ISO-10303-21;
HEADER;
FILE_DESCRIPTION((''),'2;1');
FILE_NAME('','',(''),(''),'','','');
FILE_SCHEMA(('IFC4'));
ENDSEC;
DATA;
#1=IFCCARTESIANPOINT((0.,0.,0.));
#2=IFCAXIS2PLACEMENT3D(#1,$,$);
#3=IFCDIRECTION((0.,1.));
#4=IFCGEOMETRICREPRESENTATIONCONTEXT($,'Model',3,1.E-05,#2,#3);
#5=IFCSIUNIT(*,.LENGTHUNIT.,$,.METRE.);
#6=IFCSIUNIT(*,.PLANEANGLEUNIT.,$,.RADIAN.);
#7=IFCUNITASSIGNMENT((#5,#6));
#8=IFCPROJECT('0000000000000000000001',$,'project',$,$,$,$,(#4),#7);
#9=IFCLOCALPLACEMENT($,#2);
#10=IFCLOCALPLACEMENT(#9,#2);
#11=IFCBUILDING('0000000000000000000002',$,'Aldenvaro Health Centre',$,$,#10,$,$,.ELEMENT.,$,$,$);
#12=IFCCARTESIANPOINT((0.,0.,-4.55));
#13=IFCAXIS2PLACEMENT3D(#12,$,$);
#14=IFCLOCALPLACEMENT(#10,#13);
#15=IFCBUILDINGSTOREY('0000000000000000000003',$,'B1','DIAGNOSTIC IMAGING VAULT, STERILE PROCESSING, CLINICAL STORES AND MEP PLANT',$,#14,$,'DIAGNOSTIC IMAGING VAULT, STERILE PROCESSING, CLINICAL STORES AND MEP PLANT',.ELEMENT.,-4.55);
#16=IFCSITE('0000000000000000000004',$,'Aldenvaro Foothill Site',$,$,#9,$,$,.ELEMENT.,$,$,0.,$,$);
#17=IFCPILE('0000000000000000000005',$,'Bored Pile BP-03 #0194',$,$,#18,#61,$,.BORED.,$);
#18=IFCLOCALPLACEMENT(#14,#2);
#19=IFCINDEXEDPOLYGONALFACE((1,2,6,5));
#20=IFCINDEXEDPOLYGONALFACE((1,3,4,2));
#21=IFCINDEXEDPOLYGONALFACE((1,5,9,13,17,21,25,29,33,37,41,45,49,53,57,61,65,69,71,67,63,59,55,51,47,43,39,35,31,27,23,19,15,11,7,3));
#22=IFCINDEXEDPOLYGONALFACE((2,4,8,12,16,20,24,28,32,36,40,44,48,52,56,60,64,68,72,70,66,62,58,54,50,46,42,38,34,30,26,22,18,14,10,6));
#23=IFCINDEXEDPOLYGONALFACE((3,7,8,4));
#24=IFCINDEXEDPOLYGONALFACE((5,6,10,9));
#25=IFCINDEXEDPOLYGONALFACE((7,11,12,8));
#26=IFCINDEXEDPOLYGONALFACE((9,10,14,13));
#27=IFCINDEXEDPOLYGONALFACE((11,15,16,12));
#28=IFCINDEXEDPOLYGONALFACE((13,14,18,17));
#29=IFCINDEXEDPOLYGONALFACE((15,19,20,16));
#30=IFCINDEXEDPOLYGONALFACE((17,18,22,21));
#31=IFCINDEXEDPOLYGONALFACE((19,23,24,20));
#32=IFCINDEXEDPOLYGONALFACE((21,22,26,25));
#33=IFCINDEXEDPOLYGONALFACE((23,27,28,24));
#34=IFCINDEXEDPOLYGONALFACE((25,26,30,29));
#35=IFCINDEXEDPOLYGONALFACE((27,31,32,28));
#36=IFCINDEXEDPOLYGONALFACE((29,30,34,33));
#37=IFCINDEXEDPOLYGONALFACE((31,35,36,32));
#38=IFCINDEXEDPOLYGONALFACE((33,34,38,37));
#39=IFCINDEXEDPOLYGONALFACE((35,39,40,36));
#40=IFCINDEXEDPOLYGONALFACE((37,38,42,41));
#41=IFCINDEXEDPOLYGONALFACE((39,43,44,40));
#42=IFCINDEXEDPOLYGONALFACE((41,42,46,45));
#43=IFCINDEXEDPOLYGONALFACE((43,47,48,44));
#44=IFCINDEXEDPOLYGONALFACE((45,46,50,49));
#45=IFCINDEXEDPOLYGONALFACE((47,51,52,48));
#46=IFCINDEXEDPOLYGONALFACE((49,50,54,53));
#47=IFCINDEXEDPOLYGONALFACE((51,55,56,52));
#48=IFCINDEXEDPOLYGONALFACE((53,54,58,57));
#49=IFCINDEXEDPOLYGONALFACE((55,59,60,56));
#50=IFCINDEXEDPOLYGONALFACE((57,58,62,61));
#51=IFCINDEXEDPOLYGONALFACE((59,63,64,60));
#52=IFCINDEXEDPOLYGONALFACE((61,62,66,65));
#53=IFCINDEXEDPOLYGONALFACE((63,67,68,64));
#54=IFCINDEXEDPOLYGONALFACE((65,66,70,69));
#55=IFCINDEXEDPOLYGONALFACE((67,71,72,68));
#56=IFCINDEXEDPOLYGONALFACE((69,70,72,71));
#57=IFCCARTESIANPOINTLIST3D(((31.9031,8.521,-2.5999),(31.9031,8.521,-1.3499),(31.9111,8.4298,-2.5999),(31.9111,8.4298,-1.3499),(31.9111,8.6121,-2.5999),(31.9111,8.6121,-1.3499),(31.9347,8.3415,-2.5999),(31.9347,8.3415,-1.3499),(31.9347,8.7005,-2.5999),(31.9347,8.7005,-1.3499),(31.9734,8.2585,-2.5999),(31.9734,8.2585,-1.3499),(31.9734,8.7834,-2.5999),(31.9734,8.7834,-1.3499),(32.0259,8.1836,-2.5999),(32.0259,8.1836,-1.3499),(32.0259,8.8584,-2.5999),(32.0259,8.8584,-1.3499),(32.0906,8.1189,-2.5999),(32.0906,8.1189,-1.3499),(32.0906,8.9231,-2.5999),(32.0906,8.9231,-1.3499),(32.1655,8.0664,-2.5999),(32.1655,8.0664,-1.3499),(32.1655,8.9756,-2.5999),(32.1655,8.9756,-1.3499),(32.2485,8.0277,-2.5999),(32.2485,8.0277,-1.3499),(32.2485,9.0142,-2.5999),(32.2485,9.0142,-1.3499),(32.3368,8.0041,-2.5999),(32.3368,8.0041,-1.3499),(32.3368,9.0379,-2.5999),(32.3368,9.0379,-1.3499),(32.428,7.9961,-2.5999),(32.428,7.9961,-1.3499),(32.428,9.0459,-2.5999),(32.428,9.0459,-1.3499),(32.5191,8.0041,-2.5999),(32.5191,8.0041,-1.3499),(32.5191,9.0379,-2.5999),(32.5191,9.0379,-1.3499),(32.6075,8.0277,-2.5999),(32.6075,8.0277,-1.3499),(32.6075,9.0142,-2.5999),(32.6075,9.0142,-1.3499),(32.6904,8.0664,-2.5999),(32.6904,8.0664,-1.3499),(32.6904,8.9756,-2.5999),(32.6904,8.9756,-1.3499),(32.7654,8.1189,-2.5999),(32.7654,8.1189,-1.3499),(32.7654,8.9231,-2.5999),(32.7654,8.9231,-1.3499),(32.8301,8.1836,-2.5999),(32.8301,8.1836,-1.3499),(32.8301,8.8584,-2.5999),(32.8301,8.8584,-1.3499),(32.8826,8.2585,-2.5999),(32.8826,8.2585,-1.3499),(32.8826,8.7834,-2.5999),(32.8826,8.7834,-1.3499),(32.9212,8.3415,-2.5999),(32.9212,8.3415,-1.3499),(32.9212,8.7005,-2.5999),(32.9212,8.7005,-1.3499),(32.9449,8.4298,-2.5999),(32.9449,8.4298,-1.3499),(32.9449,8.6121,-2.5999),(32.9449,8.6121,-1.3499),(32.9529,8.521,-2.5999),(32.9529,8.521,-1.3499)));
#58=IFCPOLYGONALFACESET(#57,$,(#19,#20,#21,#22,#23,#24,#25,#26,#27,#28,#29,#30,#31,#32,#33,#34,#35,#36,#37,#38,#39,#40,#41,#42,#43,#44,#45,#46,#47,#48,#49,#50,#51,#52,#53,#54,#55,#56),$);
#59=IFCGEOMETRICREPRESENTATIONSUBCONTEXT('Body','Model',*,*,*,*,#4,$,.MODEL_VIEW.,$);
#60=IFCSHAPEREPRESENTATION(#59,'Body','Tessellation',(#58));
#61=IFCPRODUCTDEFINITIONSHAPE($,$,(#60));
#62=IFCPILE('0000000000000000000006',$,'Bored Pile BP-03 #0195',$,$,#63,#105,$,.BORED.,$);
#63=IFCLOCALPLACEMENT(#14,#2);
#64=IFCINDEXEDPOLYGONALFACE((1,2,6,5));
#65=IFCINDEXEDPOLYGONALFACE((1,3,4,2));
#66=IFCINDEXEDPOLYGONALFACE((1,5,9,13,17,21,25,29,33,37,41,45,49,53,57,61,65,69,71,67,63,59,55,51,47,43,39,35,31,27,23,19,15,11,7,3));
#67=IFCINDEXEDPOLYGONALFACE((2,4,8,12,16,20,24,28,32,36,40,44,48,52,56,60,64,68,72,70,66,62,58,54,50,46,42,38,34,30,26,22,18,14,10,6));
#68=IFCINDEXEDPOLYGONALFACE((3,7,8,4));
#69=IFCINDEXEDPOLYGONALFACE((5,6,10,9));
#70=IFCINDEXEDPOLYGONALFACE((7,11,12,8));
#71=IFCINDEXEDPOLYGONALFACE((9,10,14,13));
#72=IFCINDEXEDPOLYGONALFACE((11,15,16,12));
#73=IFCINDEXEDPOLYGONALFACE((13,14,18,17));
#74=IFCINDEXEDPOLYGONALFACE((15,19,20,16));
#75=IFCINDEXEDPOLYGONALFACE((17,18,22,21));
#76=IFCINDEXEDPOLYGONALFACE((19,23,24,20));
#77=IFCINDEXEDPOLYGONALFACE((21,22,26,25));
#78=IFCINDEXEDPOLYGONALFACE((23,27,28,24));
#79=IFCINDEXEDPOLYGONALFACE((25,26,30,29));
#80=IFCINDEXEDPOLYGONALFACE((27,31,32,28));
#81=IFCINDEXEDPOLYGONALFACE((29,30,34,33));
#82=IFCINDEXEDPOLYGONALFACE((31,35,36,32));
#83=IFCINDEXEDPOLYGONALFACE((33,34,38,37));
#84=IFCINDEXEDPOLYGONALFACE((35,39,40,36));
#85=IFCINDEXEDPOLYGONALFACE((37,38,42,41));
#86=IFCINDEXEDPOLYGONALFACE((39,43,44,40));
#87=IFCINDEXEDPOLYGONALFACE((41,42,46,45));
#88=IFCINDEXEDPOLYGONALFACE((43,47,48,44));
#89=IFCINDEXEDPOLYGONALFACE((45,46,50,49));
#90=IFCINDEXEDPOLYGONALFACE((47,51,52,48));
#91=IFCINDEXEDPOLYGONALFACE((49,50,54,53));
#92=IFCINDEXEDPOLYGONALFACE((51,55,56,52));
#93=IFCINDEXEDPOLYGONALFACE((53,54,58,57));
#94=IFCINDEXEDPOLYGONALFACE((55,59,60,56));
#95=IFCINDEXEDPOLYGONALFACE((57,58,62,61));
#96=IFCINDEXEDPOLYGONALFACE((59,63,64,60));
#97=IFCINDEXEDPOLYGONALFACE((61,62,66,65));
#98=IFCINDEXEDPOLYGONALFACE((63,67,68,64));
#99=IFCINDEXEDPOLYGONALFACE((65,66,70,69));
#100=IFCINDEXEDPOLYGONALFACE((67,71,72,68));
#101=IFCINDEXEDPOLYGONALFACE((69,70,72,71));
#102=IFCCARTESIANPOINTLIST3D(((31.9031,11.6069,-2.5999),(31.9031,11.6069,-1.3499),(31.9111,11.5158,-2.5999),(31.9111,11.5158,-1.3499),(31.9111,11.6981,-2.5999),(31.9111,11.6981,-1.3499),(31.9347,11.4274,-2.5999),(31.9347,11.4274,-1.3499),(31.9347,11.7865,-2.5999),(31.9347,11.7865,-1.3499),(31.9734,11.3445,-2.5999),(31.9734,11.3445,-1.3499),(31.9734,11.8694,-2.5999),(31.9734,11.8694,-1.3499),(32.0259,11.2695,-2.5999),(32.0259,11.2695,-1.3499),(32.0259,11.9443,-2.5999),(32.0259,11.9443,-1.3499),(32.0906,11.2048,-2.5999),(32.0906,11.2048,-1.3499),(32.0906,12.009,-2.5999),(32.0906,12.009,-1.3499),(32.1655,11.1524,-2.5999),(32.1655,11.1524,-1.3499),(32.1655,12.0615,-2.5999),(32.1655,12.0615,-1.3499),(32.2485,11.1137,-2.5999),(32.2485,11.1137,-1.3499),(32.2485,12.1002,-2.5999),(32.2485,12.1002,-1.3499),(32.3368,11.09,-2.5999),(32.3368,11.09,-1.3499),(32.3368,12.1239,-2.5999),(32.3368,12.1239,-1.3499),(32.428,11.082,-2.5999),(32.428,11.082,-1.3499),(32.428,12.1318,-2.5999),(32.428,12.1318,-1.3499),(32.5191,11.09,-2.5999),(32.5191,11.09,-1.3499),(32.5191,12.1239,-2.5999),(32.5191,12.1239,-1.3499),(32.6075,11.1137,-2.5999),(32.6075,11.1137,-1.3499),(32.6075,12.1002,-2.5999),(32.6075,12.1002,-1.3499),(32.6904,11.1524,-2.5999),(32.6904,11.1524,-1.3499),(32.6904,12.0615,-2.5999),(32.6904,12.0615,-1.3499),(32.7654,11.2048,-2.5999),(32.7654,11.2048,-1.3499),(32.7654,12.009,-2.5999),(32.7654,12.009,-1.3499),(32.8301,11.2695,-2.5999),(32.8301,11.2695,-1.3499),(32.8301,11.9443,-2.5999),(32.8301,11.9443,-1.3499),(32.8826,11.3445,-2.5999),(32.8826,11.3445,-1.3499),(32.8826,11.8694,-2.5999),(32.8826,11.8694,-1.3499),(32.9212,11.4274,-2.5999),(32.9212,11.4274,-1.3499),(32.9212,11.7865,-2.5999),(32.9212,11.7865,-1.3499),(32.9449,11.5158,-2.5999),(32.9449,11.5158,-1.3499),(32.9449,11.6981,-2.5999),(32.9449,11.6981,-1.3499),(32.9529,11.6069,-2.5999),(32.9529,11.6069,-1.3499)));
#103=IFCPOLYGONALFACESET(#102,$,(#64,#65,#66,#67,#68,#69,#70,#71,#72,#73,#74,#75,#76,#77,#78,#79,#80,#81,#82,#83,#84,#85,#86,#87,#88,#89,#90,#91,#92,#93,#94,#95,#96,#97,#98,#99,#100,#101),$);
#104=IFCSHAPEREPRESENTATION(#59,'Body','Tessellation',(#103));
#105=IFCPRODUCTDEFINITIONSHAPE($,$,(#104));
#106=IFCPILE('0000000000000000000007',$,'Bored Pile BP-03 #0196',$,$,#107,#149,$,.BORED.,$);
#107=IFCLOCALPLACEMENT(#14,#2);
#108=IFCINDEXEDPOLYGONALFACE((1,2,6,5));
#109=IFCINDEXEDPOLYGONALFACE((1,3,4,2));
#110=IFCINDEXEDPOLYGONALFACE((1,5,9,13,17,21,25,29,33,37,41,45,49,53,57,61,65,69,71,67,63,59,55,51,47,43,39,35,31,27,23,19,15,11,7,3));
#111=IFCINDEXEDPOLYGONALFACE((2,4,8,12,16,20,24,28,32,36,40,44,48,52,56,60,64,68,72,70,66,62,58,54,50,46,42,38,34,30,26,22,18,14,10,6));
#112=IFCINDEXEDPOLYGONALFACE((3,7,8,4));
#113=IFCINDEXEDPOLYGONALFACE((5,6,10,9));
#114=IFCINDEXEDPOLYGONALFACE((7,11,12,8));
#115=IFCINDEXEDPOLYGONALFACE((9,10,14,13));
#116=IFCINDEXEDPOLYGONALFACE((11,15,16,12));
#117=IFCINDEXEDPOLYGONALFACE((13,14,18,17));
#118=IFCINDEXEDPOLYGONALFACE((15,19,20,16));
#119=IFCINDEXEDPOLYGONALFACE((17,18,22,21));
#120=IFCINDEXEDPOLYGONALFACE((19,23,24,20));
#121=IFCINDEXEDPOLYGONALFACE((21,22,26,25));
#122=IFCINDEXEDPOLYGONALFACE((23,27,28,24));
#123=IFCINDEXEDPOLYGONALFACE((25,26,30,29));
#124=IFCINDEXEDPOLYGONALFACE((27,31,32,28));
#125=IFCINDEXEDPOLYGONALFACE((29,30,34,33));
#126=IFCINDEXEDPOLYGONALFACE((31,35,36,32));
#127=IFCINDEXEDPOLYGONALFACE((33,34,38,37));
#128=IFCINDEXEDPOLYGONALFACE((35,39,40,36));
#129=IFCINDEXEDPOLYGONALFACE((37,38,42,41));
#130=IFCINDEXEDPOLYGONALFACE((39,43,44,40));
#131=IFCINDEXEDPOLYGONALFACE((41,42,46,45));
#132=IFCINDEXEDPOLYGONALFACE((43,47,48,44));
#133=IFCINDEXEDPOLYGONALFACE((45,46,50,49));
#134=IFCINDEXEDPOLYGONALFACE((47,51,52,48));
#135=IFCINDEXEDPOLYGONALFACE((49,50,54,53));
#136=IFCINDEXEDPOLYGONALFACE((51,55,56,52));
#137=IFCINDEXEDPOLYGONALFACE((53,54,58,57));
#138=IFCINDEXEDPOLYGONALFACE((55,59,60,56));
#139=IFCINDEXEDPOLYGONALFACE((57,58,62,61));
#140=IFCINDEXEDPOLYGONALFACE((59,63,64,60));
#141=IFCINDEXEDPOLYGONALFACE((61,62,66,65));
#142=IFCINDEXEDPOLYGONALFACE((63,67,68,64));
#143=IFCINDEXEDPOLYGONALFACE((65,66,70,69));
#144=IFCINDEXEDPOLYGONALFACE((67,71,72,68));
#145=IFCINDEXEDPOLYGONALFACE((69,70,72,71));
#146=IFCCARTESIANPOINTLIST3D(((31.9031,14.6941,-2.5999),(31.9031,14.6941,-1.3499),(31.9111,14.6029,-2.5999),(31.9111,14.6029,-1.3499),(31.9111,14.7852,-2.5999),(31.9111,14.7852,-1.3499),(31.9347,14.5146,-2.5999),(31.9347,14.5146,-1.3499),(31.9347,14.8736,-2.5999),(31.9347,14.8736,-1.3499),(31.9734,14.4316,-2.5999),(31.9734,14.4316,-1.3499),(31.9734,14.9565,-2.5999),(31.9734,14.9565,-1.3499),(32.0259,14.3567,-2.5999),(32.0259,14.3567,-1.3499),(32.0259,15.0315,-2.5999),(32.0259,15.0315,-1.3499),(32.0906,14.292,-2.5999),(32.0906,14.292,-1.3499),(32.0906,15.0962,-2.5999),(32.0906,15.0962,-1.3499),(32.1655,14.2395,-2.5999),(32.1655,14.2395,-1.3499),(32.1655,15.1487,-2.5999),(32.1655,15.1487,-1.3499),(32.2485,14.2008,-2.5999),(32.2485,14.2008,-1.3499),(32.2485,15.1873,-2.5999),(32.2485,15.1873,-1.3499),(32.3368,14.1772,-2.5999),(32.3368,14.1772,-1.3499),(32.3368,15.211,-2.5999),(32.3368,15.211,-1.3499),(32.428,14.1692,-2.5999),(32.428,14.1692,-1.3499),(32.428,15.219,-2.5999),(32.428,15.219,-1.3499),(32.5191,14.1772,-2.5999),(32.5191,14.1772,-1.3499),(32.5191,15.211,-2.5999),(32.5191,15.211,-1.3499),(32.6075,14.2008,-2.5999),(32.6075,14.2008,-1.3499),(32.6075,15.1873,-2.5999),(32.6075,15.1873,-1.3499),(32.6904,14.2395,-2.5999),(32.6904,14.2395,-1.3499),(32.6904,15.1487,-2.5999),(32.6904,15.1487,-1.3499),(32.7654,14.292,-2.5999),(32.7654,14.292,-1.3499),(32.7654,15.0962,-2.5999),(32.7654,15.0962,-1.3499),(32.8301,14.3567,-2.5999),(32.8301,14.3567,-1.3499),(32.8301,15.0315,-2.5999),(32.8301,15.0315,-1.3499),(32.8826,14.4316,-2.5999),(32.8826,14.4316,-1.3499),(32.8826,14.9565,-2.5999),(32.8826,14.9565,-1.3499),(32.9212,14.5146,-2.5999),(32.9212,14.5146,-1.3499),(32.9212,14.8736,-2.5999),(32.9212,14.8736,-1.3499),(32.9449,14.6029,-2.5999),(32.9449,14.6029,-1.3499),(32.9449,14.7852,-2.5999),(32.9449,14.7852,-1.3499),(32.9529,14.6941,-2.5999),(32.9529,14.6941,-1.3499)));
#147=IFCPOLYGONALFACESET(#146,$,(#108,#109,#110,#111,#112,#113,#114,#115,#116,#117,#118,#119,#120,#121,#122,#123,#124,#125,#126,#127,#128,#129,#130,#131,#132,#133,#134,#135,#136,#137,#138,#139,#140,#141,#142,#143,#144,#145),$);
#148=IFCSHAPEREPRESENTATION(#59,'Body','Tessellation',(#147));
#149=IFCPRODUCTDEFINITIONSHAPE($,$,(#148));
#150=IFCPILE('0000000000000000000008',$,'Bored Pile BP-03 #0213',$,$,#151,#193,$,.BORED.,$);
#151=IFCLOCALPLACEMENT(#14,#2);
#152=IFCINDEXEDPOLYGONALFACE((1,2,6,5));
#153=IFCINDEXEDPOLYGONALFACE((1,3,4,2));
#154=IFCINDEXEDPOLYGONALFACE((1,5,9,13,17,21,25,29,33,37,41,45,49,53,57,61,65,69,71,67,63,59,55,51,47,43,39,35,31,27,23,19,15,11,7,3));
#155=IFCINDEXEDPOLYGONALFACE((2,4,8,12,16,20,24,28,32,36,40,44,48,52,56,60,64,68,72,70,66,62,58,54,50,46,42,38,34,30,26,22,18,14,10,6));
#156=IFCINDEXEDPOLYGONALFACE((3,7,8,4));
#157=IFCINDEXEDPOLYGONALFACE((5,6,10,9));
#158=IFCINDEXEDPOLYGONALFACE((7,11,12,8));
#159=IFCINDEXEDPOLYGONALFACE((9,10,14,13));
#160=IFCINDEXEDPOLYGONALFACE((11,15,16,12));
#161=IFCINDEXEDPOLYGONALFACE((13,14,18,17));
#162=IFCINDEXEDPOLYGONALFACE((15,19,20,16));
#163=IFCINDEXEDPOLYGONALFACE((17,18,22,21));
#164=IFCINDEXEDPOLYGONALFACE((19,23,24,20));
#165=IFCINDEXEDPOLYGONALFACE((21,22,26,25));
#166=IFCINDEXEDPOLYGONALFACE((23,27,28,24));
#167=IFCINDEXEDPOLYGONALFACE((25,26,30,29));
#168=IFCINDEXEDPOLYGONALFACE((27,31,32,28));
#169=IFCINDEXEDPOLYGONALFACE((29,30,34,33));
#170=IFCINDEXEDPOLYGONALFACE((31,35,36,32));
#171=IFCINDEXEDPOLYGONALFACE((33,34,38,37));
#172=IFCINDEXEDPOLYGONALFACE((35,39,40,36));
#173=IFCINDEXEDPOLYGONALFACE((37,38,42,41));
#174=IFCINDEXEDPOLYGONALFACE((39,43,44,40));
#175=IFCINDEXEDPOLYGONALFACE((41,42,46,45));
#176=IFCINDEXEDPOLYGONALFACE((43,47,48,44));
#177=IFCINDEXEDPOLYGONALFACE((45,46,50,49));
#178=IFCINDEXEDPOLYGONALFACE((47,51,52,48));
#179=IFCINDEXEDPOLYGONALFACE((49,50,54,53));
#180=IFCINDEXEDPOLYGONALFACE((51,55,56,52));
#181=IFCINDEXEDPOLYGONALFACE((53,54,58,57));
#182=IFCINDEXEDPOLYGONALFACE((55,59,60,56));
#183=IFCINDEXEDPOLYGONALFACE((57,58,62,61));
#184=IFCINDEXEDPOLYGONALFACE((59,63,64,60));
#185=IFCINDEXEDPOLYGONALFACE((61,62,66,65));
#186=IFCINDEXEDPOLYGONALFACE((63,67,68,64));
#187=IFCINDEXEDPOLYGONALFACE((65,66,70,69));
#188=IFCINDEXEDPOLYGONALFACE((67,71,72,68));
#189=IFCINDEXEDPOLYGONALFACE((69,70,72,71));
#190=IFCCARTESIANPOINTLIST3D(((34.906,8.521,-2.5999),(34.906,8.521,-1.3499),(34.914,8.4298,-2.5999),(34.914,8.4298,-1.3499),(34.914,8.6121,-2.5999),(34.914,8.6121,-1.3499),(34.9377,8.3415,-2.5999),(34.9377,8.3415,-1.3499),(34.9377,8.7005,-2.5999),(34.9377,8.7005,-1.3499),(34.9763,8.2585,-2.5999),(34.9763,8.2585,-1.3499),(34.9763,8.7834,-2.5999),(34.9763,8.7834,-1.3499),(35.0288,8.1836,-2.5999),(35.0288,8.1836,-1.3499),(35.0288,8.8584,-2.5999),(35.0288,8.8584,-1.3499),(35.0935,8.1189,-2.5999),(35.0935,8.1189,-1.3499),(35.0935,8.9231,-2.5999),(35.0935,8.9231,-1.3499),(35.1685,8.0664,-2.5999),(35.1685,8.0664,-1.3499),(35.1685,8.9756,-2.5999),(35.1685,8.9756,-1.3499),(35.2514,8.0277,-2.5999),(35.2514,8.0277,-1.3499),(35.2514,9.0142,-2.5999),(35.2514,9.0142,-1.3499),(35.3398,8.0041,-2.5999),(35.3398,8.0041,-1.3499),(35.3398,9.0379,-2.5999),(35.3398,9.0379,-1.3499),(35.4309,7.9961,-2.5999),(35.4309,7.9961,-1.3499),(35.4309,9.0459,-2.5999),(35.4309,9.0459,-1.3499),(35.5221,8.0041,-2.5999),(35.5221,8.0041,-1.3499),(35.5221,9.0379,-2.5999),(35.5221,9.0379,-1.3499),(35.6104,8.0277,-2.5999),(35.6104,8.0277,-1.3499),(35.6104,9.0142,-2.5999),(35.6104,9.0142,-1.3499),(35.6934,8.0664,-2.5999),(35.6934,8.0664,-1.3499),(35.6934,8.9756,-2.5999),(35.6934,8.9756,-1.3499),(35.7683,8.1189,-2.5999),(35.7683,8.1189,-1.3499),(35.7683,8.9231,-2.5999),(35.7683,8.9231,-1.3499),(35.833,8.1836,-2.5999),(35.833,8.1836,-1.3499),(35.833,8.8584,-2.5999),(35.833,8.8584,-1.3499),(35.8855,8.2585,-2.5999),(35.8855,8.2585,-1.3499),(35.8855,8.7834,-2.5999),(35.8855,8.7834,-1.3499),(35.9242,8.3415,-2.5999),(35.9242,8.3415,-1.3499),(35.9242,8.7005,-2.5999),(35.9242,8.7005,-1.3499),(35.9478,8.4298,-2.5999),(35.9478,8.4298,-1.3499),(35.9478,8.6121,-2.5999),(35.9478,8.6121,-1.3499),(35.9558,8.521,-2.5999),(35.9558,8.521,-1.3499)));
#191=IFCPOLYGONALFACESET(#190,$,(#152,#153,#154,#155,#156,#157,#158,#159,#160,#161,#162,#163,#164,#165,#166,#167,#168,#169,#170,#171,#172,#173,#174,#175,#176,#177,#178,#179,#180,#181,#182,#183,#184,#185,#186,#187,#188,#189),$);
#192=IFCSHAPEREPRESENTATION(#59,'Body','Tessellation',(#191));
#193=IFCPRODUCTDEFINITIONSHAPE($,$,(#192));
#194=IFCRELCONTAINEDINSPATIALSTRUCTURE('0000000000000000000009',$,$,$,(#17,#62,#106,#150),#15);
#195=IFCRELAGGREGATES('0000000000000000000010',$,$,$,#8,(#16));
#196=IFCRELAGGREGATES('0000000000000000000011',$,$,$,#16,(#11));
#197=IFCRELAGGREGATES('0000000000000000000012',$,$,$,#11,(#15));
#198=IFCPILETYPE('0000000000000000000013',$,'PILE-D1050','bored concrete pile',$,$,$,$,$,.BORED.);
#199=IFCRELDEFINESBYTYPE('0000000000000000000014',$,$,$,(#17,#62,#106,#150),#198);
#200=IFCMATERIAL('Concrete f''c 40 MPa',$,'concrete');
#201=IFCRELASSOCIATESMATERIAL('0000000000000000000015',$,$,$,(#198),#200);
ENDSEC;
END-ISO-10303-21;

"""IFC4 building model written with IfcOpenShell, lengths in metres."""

from ifc_helpers import new_model, si_unit, direction, frame, origin, origin_2d, place, context, subcontext, project, spatial, circle, extrude, material, material_profile, profile_set, type_object, element, save


model = new_model("IFC4")

# Units and contexts
model_context = context("Model", 3, precision=1e-05, world=origin(), true_north=direction((0.0, 1.0)))
body_context = subcontext(model_context, "Body", "Model", "MODEL_VIEW")
ifc_project = project(units=[si_unit("LENGTHUNIT", "METRE"), si_unit("PLANEANGLEUNIT", "RADIAN")], contexts=[model_context])

# Site, building, storey
site_placement = place(None, origin())
site = spatial("IfcSite", under=ifc_project, at=site_placement, Name="Aldenvaro Foothill Site", CompositionType="ELEMENT", RefElevation=0.0)
building_placement = place(site_placement, origin())
building = spatial("IfcBuilding", under=site, at=building_placement, Name="Aldenvaro Health Centre", CompositionType="ELEMENT")
storey_placement = place(building_placement, frame((0.0, 0.0, -4.55)))
storey = spatial("IfcBuildingStorey", under=building, at=storey_placement, Name="B1", Description="DIAGNOSTIC IMAGING VAULT, STERILE PROCESSING, CLINICAL STORES AND MEP PLANT", LongName="DIAGNOSTIC IMAGING VAULT, STERILE PROCESSING, CLINICAL STORES AND MEP PLANT", CompositionType="ELEMENT", Elevation=-4.55)

# Piles
ifc_material_1 = material(Name="Concrete f'c 40 MPa", Category="concrete")
ifc_material_profile_1 = material_profile(ifc_material_1, circle(Radius=0.5249, at=origin_2d()), Name="PILE D1050", Category="concrete")
ifc_profile_set_1 = profile_set([ifc_material_profile_1], Name="Concrete f'c 40 MPa")
pile_type = type_object("IfcPileType", Name="PILE-D1050", Description="bored concrete pile", PredefinedType="BORED", material=ifc_profile_set_1)
for number, where, z_axis, x_axis, name in (
    (1, (32.428, 8.521, -1.3499), (0.0, 0.0, -1.0), (1.0, 0.0, 0.0), "Bored Pile BP-03 #0194"),
    (2, (32.428, 11.6069, -1.3499), (0.0, 0.0, -1.0), (1.0, 0.0, 0.0), "Bored Pile BP-03 #0195"),
    (3, (32.428, 14.6941, -1.3499), (0.0, 0.0, -1.0), (1.0, 0.0, 0.0), "Bored Pile BP-03 #0196"),
    (4, (35.4309, 8.521, -1.3499), (0.0, 0.0, -1.0), (1.0, 0.0, 0.0), "Bored Pile BP-03 #0213"),
):
    element("IfcPile", number, at=place(storey_placement, frame(where, z_axis=z_axis, x_axis=x_axis)), inside=storey, type_object=pile_type, Name=name, PredefinedType="BORED", context=body_context, shape_type="SweptSolid", body=[
        extrude(circle(Radius=0.5249, at=origin_2d()), origin(), (0.0, 0.0, 1.0), 1.25),
    ])

save(model, "model.ifc")
